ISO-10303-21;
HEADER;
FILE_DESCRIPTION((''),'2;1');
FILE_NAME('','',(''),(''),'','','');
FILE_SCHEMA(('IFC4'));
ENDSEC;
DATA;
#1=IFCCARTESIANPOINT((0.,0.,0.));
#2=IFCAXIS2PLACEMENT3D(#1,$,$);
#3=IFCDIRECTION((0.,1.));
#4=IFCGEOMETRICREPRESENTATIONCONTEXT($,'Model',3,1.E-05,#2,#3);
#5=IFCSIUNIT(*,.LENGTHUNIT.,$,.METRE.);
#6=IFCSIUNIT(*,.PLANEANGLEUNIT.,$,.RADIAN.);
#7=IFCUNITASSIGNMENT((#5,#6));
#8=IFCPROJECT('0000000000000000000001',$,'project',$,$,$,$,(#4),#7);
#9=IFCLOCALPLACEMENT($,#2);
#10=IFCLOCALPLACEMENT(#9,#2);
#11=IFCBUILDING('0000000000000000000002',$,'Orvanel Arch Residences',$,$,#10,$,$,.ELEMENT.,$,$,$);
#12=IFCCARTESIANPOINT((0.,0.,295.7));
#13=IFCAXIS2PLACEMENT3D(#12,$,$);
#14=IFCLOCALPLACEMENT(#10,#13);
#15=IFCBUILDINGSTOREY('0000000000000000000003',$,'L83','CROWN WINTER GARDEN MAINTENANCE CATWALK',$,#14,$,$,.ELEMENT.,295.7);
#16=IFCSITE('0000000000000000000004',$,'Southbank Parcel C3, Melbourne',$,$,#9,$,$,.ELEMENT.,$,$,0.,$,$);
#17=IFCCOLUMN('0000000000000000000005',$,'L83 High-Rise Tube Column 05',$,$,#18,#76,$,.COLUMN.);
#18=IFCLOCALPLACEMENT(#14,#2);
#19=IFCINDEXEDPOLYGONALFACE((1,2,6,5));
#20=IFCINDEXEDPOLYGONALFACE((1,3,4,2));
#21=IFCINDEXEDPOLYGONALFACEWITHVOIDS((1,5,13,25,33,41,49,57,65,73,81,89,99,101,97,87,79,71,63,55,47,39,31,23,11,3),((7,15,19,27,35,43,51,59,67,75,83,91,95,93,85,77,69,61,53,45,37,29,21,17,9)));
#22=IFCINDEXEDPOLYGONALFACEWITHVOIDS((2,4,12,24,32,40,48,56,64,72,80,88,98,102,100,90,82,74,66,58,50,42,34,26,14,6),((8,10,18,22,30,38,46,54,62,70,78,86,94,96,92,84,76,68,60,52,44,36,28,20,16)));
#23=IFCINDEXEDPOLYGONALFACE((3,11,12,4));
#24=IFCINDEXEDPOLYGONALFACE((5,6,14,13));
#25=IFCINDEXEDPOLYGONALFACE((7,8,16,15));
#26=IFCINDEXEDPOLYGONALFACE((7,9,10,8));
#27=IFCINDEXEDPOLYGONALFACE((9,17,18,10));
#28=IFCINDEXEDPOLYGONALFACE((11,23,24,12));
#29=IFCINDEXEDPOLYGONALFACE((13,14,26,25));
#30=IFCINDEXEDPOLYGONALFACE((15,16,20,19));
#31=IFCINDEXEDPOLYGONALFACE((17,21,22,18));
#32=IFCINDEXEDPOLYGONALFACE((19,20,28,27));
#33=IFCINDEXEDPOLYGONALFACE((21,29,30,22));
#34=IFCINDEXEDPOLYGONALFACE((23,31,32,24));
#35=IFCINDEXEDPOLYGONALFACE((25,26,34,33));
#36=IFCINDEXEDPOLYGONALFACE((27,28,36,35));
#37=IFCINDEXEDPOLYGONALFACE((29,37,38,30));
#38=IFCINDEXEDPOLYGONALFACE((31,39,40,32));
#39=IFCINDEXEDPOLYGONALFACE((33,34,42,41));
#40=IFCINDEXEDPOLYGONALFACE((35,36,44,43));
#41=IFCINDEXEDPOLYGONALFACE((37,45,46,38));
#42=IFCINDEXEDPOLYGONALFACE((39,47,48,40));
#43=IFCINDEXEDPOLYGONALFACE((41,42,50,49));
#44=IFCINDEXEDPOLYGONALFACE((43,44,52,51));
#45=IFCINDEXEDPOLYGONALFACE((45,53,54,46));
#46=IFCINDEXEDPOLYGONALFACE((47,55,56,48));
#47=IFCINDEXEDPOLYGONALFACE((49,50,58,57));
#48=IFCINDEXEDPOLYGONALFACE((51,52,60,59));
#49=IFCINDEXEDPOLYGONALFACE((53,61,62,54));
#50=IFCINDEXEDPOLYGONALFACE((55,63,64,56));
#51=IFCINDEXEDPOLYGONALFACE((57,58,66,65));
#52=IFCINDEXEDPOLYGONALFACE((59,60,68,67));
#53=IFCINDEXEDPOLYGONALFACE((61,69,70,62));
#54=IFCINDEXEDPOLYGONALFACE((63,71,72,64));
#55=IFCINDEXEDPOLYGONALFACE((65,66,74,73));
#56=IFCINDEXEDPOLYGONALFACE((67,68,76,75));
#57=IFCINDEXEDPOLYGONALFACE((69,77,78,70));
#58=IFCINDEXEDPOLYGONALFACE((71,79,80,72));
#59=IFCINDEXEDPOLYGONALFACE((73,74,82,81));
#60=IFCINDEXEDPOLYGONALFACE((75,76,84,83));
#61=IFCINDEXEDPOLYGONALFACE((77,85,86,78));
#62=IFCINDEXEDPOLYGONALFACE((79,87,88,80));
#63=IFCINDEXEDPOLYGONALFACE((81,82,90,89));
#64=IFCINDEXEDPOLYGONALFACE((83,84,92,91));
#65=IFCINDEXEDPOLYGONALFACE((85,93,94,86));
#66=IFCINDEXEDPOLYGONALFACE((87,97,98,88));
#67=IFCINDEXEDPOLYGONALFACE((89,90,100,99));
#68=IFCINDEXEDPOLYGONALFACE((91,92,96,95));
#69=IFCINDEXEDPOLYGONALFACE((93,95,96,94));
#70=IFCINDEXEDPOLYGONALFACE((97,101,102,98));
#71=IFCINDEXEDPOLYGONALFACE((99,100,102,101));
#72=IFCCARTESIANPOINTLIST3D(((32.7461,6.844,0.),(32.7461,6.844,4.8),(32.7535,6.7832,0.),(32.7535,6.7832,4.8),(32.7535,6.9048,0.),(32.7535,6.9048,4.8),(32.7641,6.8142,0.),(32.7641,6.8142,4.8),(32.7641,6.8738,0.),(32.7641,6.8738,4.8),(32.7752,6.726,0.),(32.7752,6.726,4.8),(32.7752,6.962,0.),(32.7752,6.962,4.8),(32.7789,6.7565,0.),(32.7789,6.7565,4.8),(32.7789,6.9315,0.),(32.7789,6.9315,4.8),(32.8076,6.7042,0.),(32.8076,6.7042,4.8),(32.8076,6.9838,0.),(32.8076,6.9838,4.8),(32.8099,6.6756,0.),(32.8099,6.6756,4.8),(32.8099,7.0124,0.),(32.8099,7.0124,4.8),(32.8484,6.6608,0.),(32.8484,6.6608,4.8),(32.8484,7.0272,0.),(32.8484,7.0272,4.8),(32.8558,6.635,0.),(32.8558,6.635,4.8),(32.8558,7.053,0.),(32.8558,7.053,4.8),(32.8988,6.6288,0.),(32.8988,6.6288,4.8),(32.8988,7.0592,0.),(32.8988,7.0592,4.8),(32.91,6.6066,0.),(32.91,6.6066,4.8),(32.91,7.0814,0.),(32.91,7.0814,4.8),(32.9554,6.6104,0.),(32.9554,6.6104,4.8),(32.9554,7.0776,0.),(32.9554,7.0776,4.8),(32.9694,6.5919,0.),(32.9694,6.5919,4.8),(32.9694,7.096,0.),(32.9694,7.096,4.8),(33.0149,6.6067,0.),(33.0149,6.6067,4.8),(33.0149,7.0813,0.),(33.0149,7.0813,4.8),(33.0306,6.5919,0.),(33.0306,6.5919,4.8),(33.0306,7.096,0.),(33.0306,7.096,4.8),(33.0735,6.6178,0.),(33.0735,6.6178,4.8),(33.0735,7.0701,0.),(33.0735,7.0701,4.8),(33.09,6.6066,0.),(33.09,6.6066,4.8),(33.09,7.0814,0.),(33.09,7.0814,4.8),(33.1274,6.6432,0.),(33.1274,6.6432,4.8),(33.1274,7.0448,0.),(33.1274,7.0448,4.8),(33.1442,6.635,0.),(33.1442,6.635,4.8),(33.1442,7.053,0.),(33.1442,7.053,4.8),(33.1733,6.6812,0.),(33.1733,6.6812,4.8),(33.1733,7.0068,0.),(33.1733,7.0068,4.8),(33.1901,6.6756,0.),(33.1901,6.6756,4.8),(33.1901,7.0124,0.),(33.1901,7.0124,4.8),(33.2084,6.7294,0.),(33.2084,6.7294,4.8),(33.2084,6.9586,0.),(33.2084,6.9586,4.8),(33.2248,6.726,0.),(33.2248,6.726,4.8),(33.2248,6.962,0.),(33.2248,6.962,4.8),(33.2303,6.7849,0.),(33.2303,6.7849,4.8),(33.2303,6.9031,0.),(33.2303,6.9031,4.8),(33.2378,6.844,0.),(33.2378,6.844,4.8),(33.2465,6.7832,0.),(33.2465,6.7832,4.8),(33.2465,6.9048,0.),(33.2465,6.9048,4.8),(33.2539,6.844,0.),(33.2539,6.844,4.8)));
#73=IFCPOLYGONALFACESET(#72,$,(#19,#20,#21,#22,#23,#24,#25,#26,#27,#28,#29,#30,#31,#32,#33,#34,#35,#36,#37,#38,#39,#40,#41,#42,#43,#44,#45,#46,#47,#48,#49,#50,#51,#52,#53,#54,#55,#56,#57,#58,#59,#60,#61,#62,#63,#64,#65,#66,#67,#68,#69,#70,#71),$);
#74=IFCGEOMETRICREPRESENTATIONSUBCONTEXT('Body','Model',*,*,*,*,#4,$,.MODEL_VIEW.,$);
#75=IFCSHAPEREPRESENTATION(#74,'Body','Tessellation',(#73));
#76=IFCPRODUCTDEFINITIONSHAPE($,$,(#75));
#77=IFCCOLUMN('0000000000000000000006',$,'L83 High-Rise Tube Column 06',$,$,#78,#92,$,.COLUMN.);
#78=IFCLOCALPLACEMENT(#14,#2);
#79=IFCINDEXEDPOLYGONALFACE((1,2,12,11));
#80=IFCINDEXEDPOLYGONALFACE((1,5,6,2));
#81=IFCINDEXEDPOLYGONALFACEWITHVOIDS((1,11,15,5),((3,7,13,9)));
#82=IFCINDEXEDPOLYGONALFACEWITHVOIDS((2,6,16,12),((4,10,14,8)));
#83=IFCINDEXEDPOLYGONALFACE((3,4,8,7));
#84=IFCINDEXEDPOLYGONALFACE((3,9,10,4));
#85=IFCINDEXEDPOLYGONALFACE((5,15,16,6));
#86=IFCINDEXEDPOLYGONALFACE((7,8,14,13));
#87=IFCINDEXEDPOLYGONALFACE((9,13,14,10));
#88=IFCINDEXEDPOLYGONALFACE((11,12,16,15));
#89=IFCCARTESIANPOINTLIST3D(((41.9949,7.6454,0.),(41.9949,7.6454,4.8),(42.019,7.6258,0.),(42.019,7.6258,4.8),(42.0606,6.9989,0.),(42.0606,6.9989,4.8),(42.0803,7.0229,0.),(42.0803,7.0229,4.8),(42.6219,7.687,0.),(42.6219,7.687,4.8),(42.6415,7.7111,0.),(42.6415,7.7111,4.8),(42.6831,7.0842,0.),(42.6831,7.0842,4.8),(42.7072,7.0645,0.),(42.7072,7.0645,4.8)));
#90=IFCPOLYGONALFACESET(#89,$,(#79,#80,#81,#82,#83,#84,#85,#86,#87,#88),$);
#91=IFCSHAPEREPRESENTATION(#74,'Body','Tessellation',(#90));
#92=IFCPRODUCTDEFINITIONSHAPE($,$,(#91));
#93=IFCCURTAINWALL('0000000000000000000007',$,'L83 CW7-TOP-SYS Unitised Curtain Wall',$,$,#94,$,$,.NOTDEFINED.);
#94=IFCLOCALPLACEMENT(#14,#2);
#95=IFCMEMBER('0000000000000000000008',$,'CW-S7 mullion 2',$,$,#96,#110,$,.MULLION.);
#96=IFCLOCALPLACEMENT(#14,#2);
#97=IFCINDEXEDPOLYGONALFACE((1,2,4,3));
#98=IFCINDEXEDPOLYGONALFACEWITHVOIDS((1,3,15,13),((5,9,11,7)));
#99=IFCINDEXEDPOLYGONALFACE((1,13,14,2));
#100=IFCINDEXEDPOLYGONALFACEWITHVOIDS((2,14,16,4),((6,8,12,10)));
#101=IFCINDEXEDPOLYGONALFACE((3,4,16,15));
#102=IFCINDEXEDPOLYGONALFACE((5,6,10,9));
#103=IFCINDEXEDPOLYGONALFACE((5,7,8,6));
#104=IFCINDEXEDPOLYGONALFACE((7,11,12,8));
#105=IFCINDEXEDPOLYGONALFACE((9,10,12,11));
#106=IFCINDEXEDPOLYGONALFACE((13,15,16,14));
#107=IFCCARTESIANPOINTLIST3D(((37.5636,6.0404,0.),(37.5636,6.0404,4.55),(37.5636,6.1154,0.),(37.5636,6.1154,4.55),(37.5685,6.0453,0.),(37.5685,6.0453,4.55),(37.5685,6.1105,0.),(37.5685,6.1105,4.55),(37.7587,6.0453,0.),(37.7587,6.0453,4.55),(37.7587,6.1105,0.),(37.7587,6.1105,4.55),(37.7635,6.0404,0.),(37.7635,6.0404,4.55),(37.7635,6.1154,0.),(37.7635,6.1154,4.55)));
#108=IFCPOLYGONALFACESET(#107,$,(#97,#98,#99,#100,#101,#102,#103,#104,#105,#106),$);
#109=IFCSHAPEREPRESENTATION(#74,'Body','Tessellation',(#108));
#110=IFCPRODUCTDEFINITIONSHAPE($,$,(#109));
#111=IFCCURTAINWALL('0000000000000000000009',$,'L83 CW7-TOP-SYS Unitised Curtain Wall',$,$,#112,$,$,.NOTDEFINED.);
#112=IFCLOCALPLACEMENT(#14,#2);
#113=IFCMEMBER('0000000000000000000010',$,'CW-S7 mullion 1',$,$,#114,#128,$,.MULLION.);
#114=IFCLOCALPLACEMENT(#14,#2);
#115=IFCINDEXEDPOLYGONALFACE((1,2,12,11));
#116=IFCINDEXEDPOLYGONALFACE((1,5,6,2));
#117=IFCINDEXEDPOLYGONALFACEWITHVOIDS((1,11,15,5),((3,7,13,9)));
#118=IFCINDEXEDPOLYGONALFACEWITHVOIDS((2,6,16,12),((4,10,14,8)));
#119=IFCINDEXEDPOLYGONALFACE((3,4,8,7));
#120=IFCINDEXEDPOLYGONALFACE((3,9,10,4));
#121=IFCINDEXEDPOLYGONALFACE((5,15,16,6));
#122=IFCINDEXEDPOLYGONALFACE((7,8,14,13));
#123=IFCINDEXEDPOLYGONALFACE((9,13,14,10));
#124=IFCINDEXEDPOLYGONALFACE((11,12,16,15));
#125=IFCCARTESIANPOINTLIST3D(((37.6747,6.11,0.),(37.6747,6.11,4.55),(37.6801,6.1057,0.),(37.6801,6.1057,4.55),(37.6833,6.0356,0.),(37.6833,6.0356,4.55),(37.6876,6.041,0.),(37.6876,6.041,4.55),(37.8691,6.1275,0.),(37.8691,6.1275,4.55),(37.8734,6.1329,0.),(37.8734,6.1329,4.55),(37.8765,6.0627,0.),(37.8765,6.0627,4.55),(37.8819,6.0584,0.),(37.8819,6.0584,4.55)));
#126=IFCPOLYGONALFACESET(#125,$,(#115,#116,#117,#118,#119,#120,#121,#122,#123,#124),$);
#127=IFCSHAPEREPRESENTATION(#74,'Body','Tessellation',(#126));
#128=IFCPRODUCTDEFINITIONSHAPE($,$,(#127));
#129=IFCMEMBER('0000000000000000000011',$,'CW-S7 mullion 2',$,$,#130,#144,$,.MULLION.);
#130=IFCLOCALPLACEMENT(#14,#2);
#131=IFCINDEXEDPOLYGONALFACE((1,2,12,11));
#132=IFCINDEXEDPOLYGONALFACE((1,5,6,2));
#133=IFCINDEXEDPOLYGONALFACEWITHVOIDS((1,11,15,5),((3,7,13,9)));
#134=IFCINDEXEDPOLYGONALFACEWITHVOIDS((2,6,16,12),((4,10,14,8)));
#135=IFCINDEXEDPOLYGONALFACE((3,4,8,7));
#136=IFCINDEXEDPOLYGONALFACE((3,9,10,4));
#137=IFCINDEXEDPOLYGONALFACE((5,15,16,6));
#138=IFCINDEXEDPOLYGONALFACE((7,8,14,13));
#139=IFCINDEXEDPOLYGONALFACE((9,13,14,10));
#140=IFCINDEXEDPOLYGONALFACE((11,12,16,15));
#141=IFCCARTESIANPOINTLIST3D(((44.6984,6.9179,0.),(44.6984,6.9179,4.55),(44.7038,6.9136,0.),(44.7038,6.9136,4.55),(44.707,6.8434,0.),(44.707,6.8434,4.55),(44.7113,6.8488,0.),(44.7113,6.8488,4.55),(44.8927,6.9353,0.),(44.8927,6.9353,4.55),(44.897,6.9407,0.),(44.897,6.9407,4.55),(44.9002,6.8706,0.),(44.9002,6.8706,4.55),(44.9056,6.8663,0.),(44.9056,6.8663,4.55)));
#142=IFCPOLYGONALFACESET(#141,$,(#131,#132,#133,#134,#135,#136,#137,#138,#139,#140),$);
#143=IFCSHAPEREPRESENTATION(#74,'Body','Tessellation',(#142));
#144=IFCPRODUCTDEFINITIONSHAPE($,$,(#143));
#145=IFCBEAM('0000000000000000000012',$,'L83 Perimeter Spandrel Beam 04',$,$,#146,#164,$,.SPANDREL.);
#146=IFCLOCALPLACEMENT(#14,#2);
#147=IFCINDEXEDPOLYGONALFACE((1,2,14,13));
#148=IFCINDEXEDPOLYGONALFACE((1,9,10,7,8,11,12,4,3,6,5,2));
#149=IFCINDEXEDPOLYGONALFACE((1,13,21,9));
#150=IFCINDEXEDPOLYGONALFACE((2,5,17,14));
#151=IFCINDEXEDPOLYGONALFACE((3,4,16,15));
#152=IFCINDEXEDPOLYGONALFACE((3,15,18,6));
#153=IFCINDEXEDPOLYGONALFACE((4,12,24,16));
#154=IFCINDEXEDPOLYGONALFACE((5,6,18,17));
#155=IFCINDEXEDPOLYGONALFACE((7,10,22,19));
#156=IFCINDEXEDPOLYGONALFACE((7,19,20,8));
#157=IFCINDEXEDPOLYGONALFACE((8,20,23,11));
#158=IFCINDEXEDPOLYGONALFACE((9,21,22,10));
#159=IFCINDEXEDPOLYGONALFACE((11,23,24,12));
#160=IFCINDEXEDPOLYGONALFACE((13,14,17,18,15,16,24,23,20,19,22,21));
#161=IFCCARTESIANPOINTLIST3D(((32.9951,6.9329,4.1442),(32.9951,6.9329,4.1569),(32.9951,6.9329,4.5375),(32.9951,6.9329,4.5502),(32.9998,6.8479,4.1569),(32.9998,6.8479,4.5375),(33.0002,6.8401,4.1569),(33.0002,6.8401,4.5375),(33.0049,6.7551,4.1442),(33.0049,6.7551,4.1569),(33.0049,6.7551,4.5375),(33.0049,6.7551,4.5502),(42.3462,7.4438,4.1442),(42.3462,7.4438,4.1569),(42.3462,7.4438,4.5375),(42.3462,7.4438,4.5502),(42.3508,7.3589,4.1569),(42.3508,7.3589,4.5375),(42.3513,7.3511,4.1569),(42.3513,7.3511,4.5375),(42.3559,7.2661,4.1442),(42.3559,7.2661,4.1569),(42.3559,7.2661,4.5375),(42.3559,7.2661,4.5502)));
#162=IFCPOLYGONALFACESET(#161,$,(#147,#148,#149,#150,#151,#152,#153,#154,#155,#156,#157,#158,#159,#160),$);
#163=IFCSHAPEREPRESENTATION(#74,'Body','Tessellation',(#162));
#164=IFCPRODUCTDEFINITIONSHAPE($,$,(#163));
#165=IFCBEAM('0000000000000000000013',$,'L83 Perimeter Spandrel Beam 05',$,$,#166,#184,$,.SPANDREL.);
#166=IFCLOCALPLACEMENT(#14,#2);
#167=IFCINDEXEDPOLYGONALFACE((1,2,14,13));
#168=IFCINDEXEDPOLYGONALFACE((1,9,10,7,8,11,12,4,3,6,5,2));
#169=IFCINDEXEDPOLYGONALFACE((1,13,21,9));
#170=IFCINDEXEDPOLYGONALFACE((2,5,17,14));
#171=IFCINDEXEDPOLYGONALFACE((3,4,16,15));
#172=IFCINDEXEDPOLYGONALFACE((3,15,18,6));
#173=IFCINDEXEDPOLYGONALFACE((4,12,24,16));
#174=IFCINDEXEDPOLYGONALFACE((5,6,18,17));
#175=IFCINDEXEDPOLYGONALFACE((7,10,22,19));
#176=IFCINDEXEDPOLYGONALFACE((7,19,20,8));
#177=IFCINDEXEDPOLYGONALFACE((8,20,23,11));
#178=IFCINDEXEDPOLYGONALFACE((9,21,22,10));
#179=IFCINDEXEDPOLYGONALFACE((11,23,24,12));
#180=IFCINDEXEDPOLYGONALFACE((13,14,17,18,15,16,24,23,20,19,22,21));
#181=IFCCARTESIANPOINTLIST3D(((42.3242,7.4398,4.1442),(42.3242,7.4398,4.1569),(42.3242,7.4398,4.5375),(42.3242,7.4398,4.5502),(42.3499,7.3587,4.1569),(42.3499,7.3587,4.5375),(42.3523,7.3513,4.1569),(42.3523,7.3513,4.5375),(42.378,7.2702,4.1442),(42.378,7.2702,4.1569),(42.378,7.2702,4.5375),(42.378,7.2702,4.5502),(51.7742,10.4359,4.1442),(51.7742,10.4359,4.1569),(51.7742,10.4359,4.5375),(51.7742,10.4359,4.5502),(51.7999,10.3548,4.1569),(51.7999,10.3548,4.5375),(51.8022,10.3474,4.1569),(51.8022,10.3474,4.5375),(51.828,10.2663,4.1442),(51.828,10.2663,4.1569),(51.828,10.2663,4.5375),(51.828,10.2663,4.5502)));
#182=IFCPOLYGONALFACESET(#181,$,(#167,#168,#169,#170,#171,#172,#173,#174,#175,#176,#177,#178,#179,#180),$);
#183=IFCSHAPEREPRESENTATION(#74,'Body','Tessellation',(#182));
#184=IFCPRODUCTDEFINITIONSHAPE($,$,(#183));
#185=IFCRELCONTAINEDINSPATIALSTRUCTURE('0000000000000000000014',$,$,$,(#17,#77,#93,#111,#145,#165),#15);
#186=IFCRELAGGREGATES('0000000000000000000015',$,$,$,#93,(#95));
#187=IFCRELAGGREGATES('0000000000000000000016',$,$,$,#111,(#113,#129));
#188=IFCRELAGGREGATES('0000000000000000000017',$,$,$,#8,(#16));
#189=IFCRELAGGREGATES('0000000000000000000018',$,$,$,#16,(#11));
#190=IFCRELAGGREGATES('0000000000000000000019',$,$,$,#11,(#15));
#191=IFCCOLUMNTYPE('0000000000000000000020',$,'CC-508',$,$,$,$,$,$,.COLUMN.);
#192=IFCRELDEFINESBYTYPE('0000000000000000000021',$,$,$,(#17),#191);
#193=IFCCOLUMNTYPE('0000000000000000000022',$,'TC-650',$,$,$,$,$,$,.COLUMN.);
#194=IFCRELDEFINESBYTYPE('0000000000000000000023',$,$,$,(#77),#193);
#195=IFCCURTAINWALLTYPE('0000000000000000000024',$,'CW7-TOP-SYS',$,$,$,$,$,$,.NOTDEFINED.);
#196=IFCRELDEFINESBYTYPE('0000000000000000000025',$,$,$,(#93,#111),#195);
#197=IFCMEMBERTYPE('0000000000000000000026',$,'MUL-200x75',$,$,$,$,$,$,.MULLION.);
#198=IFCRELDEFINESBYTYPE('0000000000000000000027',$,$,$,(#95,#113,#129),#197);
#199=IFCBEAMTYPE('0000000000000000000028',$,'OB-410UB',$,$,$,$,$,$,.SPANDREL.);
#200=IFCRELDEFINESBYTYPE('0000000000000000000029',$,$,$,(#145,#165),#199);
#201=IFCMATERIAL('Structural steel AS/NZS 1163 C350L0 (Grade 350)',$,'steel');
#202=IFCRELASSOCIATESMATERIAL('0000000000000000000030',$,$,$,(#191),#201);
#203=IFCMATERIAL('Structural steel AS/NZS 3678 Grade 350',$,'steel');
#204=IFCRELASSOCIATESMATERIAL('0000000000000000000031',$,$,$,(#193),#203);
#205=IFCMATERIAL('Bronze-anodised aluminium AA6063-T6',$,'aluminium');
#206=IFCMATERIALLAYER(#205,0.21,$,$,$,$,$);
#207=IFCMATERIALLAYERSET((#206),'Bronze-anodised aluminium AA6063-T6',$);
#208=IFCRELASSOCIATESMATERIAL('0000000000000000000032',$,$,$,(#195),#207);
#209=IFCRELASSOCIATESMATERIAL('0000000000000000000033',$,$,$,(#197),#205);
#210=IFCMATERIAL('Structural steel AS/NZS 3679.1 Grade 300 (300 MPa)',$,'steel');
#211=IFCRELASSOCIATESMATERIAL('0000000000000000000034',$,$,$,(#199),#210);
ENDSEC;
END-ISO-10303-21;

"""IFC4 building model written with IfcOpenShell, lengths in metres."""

from ifc_helpers import new_model, si_unit, direction, frame, origin, origin_2d, place, context, subcontext, project, spatial, hollow_rectangle, hollow_circle, i_section, extrude, material, layer, layer_set, material_profile, profile_set, type_object, element, aggregate, save


model = new_model("IFC4")

# Units and contexts
model_context = context("Model", 3, precision=1e-05, world=origin(), true_north=direction((0.0, 1.0)))
body_context = subcontext(model_context, "Body", "Model", "MODEL_VIEW")
ifc_project = project(units=[si_unit("LENGTHUNIT", "METRE"), si_unit("PLANEANGLEUNIT", "RADIAN")], contexts=[model_context])

# Site, building, storey
site_placement = place(None, origin())
site = spatial("IfcSite", under=ifc_project, at=site_placement, Name="Southbank Parcel C3, Melbourne", CompositionType="ELEMENT", RefElevation=0.0)
building_placement = place(site_placement, origin())
building = spatial("IfcBuilding", under=site, at=building_placement, Name="Orvanel Arch Residences", CompositionType="ELEMENT")
storey_placement = place(building_placement, frame((0.0, 0.0, 295.7)))
storey = spatial("IfcBuildingStorey", under=building, at=storey_placement, Name="L83", Description="CROWN WINTER GARDEN MAINTENANCE CATWALK", CompositionType="ELEMENT", Elevation=295.7)

# Columns
ifc_material_1 = material(Name="Structural steel AS/NZS 1163 C350L0 (Grade 350)", Category="steel")
ifc_material_profile_1 = material_profile(ifc_material_1, hollow_circle(Radius=0.2539, WallThickness=0.0161, at=origin_2d()), Name="CHS508x16")
ifc_profile_set_1 = profile_set([ifc_material_profile_1], Name="Structural steel AS/NZS 1163 C350L0 (Grade 350)")
column_type_1 = type_object("IfcColumnType", Name="CC-508", PredefinedType="COLUMN", material=ifc_profile_set_1)
column_1_placement = place(storey_placement, frame((33.0, 6.844, 0.0), z_axis=(0.0, 0.0, 1.0), x_axis=(1.0, 0.0, 0.0)))
element("IfcColumn", 1, at=column_1_placement, inside=storey, type_object=column_type_1, Name="L83 High-Rise Tube Column 05", PredefinedType="COLUMN", context=body_context, shape_type="SweptSolid", body=[
    extrude(hollow_circle(Radius=0.2539, WallThickness=0.0161, at=origin_2d()), origin(), (0.0, 0.0, 1.0), 4.8),
])
ifc_material_2 = material(Name="Structural steel AS/NZS 3678 Grade 350", Category="steel")
ifc_material_profile_2 = material_profile(ifc_material_2, hollow_rectangle(XDim=0.6499, YDim=0.6499, WallThickness=0.022, at=origin_2d()), Name="BOX650x650x22")
ifc_profile_set_2 = profile_set([ifc_material_profile_2], Name="Structural steel AS/NZS 3678 Grade 350")
column_type_2 = type_object("IfcColumnType", Name="TC-650", PredefinedType="COLUMN", material=ifc_profile_set_2)
column_2_placement = place(storey_placement, frame((42.3511, 7.355, 0.0), z_axis=(0.0, 0.0, 1.0), x_axis=(0.994881, 0.101056, 0.0)))
element("IfcColumn", 2, at=column_2_placement, inside=storey, type_object=column_type_2, Name="L83 High-Rise Tube Column 06", PredefinedType="COLUMN", context=body_context, shape_type="SweptSolid", body=[
    extrude(hollow_rectangle(XDim=0.6499, YDim=0.6499, WallThickness=0.022, at=origin_2d()), origin(), (0.0, 0.0, 1.0), 4.8),
])

# Curtain wall, member
ifc_material_3 = material(Name="Bronze-anodised aluminium AA6063-T6", Category="aluminium")
ifc_layer_1 = layer(ifc_material_3, 0.21)
ifc_layer_set_1 = layer_set([ifc_layer_1], Name="Bronze-anodised aluminium AA6063-T6")
curtain_wall_type = type_object("IfcCurtainWallType", Name="CW7-TOP-SYS", PredefinedType="NOTDEFINED", material=ifc_layer_set_1)
curtain_wall_1_placement = place(storey_placement, origin())
curtain_wall_1 = element("IfcCurtainWall", 3, at=curtain_wall_1_placement, inside=storey, type_object=curtain_wall_type, Name="L83 CW7-TOP-SYS Unitised Curtain Wall", PredefinedType="NOTDEFINED")
ifc_material_profile_3 = material_profile(ifc_material_3, hollow_rectangle(XDim=0.075, YDim=0.2, WallThickness=0.0049, at=origin_2d()), Name="ALU200x75x5")
ifc_profile_set_3 = profile_set([ifc_material_profile_3], Name="Bronze-anodised aluminium AA6063-T6")
member_type_1 = type_object("IfcMemberType", Name="MUL-200x75", PredefinedType="MULLION", material=ifc_profile_set_3)
member_1_placement = place(storey_placement, frame((37.6636, 6.0779, 0.0), z_axis=(0.0, 0.0, 1.0), x_axis=(0.0, 1.0, 0.0)))
member_1 = element("IfcMember", 4, at=member_1_placement, type_object=member_type_1, Name="CW-S7 mullion 2", PredefinedType="MULLION", context=body_context, shape_type="SweptSolid", body=[
    extrude(hollow_rectangle(XDim=0.075, YDim=0.2, WallThickness=0.0049, at=origin_2d()), origin(), (0.0, 0.0, 1.0), 4.55),
])

# Curtain wall, members
curtain_wall_2_placement = place(storey_placement, origin())
curtain_wall_2 = element("IfcCurtainWall", 5, at=curtain_wall_2_placement, inside=storey, type_object=curtain_wall_type, Name="L83 CW7-TOP-SYS Unitised Curtain Wall", PredefinedType="NOTDEFINED")
member_2_placement = place(storey_placement, frame((37.7783, 6.0842, 0.0), z_axis=(0.0, 0.0, 1.0), x_axis=(-0.114245, 0.993453, 0.0)))
member_2 = element("IfcMember", 6, at=member_2_placement, type_object=member_type_1, Name="CW-S7 mullion 1", PredefinedType="MULLION", context=body_context, shape_type="SweptSolid", body=[
    extrude(hollow_rectangle(XDim=0.075, YDim=0.2, WallThickness=0.0049, at=origin_2d()), origin(), (0.0, 0.0, 1.0), 4.55),
])
member_3_placement = place(storey_placement, frame((44.802, 6.8921, 0.0), z_axis=(0.0, 0.0, 1.0), x_axis=(-0.114245, 0.993453, 0.0)))
member_3 = element("IfcMember", 7, at=member_3_placement, type_object=member_type_1, Name="CW-S7 mullion 2", PredefinedType="MULLION", context=body_context, shape_type="SweptSolid", body=[
    extrude(hollow_rectangle(XDim=0.075, YDim=0.2, WallThickness=0.0049, at=origin_2d()), origin(), (0.0, 0.0, 1.0), 4.55),
])

# Beams
ifc_material_4 = material(Name="Structural steel AS/NZS 3679.1 Grade 300 (300 MPa)", Category="steel")
ifc_material_profile_4 = material_profile(ifc_material_4, i_section(OverallWidth=0.178, OverallDepth=0.406, WebThickness=0.0078, FlangeThickness=0.0127, at=origin_2d()), Name="410UB59.7")
ifc_profile_set_4 = profile_set([ifc_material_profile_4], Name="Structural steel AS/NZS 3679.1 Grade 300 (300 MPa)")
beam_type_1 = type_object("IfcBeamType", Name="OB-410UB", PredefinedType="SPANDREL", material=ifc_profile_set_4)
beam_1_placement = place(storey_placement, frame((33.0, 6.844, 4.3472), z_axis=(0.99851, 0.054563, 0.0), x_axis=(-0.054563, 0.99851, 0.0)))
element("IfcBeam", 8, at=beam_1_placement, inside=storey, type_object=beam_type_1, Name="L83 Perimeter Spandrel Beam 04", PredefinedType="SPANDREL", context=body_context, shape_type="SweptSolid", body=[
    extrude(i_section(OverallWidth=0.178, OverallDepth=0.406, WebThickness=0.0078, FlangeThickness=0.0127, at=origin_2d()), origin(), (0.0, 0.0, 1.0), 9.365),
])
beam_2_placement = place(storey_placement, frame((42.3511, 7.355, 4.3472), z_axis=(0.953237, 0.302223, 0.0), x_axis=(-0.302223, 0.953237, 0.0)))
element("IfcBeam", 9, at=beam_2_placement, inside=storey, type_object=beam_type_1, Name="L83 Perimeter Spandrel Beam 05", PredefinedType="SPANDREL", context=body_context, shape_type="SweptSolid", body=[
    extrude(i_section(OverallWidth=0.178, OverallDepth=0.406, WebThickness=0.0078, FlangeThickness=0.0127, at=origin_2d()), origin(), (0.0, 0.0, 1.0), 9.9136),
])

aggregate(curtain_wall_1, [member_1])
aggregate(curtain_wall_2, [member_2, member_3])

save(model, "model.ifc")
